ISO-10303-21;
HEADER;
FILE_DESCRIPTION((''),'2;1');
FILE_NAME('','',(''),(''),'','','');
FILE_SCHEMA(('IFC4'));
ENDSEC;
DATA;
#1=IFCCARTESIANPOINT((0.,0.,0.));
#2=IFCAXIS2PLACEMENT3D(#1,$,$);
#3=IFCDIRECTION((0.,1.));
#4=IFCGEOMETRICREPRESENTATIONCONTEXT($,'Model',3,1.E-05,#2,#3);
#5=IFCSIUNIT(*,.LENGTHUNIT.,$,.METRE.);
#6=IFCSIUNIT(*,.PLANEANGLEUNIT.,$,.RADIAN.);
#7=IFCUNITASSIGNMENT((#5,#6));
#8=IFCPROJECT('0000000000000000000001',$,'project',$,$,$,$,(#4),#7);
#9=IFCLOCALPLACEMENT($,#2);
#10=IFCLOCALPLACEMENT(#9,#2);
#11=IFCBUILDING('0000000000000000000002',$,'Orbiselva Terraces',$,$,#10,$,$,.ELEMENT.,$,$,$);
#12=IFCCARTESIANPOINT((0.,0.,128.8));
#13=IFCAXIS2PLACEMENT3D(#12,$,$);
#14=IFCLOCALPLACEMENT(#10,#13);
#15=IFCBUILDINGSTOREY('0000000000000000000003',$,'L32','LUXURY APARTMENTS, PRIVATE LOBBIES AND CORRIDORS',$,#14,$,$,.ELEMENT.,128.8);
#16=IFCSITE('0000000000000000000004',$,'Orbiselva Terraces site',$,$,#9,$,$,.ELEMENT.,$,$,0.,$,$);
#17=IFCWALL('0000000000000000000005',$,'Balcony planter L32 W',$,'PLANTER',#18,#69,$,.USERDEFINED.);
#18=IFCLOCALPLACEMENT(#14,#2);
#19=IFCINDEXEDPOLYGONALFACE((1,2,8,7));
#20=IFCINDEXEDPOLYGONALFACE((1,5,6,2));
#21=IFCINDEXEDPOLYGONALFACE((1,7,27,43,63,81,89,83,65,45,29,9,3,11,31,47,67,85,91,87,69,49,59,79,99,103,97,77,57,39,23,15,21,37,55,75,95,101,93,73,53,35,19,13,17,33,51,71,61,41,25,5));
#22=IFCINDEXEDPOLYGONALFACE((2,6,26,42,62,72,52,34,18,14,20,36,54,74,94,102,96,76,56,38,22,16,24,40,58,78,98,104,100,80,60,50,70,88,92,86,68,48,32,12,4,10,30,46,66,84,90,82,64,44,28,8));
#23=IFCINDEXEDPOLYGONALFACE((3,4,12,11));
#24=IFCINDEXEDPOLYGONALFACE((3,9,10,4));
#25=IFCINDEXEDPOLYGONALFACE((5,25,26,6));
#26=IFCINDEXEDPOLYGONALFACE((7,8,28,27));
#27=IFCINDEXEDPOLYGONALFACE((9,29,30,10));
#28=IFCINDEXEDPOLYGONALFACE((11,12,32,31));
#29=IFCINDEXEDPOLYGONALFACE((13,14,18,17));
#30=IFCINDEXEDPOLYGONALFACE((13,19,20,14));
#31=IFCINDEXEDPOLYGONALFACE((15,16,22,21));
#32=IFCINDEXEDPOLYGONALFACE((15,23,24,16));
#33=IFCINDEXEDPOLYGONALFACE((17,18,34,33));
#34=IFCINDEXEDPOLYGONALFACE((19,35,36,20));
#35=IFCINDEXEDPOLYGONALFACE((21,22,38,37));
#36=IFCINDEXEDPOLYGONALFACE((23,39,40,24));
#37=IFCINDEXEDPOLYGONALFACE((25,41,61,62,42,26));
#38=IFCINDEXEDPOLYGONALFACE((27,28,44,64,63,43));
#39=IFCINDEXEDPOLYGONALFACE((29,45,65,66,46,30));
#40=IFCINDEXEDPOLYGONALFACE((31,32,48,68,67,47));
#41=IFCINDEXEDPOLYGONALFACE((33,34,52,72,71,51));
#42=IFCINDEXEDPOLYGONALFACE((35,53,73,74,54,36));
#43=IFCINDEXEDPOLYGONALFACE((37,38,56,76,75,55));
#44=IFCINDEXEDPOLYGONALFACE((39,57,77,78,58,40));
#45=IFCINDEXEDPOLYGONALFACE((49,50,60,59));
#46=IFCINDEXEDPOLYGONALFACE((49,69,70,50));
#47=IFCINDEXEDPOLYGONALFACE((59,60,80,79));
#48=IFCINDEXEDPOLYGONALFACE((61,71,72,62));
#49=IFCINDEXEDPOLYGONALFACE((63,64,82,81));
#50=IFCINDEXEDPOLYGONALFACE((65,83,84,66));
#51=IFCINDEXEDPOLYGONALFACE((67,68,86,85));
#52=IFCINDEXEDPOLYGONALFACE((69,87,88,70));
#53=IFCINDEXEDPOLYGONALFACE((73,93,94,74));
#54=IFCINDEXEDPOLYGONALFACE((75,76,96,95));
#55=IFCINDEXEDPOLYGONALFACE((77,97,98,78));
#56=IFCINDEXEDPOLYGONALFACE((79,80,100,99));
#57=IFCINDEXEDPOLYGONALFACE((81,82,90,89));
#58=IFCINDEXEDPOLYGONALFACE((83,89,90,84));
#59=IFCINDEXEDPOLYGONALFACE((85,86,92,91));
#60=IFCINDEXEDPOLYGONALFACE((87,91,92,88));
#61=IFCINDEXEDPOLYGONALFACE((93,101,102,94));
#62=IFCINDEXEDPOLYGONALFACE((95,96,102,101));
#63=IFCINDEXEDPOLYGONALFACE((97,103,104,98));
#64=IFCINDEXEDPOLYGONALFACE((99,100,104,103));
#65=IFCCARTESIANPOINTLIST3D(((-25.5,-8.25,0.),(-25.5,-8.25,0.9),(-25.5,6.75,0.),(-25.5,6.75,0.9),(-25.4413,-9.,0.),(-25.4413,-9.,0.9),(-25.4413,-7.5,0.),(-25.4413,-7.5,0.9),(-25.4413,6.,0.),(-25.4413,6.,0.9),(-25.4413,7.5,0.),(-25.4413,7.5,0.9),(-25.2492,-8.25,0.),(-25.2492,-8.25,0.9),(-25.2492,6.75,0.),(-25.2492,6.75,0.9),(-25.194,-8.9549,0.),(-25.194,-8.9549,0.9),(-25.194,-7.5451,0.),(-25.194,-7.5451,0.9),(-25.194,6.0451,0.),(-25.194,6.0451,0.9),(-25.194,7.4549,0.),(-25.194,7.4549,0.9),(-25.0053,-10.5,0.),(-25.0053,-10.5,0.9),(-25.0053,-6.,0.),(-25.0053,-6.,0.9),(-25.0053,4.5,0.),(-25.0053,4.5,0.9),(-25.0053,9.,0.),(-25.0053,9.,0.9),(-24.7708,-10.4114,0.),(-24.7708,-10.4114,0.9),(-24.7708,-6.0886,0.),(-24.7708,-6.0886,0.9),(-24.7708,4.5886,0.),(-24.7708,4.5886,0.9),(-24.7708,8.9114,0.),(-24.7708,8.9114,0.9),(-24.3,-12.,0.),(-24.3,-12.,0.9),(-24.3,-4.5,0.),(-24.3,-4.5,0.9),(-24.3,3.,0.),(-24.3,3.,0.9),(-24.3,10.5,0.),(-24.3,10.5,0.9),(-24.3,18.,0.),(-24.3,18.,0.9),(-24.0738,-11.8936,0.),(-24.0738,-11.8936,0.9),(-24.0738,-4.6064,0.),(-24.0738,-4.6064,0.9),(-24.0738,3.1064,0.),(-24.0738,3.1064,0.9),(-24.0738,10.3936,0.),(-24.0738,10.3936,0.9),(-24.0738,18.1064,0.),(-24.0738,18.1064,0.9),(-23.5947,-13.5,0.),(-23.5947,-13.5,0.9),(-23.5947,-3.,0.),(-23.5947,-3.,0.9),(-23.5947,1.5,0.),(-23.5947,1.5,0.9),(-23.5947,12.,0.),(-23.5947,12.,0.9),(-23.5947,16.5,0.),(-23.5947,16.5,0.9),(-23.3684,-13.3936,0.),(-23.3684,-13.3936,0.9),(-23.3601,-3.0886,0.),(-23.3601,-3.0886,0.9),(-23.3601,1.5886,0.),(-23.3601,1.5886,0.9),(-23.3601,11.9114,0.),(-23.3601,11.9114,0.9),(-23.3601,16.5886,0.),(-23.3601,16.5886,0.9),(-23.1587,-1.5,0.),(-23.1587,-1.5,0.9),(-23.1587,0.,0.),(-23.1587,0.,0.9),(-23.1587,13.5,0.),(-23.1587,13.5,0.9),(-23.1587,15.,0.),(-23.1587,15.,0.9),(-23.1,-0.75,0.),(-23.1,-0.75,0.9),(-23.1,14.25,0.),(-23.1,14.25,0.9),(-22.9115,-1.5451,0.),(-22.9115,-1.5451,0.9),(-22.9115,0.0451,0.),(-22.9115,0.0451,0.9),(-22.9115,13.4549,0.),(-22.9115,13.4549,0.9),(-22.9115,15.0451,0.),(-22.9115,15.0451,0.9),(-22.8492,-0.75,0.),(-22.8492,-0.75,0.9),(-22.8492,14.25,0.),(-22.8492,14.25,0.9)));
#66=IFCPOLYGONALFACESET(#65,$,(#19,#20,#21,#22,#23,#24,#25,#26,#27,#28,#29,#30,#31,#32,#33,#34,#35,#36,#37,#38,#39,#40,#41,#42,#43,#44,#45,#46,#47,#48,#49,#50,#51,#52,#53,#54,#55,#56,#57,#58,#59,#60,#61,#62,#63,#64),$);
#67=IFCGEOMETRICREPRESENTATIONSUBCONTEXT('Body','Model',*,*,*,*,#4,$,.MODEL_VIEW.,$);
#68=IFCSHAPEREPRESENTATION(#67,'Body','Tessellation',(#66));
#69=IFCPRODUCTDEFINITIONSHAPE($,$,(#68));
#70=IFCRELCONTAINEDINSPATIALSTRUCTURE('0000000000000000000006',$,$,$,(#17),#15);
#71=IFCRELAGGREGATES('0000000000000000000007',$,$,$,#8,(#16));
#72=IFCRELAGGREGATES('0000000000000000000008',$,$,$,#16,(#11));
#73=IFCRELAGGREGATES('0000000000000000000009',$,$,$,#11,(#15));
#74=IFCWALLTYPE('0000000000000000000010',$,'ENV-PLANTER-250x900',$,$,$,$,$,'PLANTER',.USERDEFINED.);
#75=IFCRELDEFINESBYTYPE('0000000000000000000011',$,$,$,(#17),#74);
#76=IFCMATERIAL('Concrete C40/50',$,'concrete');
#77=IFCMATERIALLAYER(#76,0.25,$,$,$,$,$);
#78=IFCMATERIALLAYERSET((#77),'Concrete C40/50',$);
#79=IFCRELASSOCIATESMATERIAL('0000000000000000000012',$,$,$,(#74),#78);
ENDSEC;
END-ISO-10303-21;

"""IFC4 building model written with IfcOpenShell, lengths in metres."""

from ifc_helpers import new_model, si_unit, direction, frame, origin, place, context, subcontext, project, spatial, polyline, outline, extrude, material, layer, layer_set, type_object, element, save


model = new_model("IFC4")

# Units and contexts
model_context = context("Model", 3, precision=1e-05, world=origin(), true_north=direction((0.0, 1.0)))
body_context = subcontext(model_context, "Body", "Model", "MODEL_VIEW")
ifc_project = project(units=[si_unit("LENGTHUNIT", "METRE"), si_unit("PLANEANGLEUNIT", "RADIAN")], contexts=[model_context])

# Site, building, storey
site_placement = place(None, origin())
site = spatial("IfcSite", under=ifc_project, at=site_placement, Name="Orbiselva Terraces site", CompositionType="ELEMENT", RefElevation=0.0)
building_placement = place(site_placement, origin())
building = spatial("IfcBuilding", under=site, at=building_placement, Name="Orbiselva Terraces", CompositionType="ELEMENT")
storey_placement = place(building_placement, frame((0.0, 0.0, 128.8)))
storey = spatial("IfcBuildingStorey", under=building, at=storey_placement, Name="L32", Description="LUXURY APARTMENTS, PRIVATE LOBBIES AND CORRIDORS", CompositionType="ELEMENT", Elevation=128.8)

# Shared definitions
ifc_material_1 = material(Name="Concrete C40/50", Category="concrete")

# Wall
ifc_layer_1 = layer(ifc_material_1, 0.25)
ifc_layer_set_1 = layer_set([ifc_layer_1], Name="Concrete C40/50")
wall_type = type_object("IfcWallType", Name="ENV-PLANTER-250x900", ElementType="PLANTER", PredefinedType="USERDEFINED", material=ifc_layer_set_1)
wall_1_placement = place(storey_placement, origin())
element("IfcWall", 1, at=wall_1_placement, inside=storey, type_object=wall_type, Name="Balcony planter L32 W", ObjectType="PLANTER", PredefinedType="USERDEFINED", context=body_context, shape_type="SweptSolid", body=[
    extrude(outline(polyline([(-24.3, 18.0), (-23.5947, 16.5), (-23.1587, 15.0), (-23.1, 14.25), (-23.1587, 13.5), (-23.5947, 12.0), (-24.3, 10.5), (-25.0053, 9.0), (-25.4413, 7.5), (-25.5, 6.75), (-25.4413, 6.0), (-25.0053, 4.5), (-24.3, 3.0), (-23.5947, 1.5), (-23.1587, 0.0), (-23.1, -0.75), (-23.1587, -1.5), (-23.5947, -3.0), (-24.3, -4.5), (-25.0053, -6.0), (-25.4413, -7.5), (-25.5, -8.25), (-25.4413, -9.0), (-25.0053, -10.5), (-24.3, -12.0), (-23.5947, -13.5), (-23.3684, -13.3936), (-24.0738, -11.8936), (-24.7708, -10.4114), (-25.194, -8.9549), (-25.2492, -8.25), (-25.194, -7.5451), (-24.7708, -6.0886), (-24.0738, -4.6064), (-23.3601, -3.0886), (-22.9115, -1.5451), (-22.8492, -0.75), (-22.9115, 0.0451), (-23.3601, 1.5886), (-24.0738, 3.1064), (-24.7708, 4.5886), (-25.194, 6.0451), (-25.2492, 6.75), (-25.194, 7.4549), (-24.7708, 8.9114), (-24.0738, 10.3936), (-23.3601, 11.9114), (-22.9115, 13.4549), (-22.8492, 14.25), (-22.9115, 15.0451), (-23.3601, 16.5886), (-24.0738, 18.1064), (-24.3, 18.0)])), origin(), (0.0, 0.0, 1.0), 0.9),
])

save(model, "model.ifc")
